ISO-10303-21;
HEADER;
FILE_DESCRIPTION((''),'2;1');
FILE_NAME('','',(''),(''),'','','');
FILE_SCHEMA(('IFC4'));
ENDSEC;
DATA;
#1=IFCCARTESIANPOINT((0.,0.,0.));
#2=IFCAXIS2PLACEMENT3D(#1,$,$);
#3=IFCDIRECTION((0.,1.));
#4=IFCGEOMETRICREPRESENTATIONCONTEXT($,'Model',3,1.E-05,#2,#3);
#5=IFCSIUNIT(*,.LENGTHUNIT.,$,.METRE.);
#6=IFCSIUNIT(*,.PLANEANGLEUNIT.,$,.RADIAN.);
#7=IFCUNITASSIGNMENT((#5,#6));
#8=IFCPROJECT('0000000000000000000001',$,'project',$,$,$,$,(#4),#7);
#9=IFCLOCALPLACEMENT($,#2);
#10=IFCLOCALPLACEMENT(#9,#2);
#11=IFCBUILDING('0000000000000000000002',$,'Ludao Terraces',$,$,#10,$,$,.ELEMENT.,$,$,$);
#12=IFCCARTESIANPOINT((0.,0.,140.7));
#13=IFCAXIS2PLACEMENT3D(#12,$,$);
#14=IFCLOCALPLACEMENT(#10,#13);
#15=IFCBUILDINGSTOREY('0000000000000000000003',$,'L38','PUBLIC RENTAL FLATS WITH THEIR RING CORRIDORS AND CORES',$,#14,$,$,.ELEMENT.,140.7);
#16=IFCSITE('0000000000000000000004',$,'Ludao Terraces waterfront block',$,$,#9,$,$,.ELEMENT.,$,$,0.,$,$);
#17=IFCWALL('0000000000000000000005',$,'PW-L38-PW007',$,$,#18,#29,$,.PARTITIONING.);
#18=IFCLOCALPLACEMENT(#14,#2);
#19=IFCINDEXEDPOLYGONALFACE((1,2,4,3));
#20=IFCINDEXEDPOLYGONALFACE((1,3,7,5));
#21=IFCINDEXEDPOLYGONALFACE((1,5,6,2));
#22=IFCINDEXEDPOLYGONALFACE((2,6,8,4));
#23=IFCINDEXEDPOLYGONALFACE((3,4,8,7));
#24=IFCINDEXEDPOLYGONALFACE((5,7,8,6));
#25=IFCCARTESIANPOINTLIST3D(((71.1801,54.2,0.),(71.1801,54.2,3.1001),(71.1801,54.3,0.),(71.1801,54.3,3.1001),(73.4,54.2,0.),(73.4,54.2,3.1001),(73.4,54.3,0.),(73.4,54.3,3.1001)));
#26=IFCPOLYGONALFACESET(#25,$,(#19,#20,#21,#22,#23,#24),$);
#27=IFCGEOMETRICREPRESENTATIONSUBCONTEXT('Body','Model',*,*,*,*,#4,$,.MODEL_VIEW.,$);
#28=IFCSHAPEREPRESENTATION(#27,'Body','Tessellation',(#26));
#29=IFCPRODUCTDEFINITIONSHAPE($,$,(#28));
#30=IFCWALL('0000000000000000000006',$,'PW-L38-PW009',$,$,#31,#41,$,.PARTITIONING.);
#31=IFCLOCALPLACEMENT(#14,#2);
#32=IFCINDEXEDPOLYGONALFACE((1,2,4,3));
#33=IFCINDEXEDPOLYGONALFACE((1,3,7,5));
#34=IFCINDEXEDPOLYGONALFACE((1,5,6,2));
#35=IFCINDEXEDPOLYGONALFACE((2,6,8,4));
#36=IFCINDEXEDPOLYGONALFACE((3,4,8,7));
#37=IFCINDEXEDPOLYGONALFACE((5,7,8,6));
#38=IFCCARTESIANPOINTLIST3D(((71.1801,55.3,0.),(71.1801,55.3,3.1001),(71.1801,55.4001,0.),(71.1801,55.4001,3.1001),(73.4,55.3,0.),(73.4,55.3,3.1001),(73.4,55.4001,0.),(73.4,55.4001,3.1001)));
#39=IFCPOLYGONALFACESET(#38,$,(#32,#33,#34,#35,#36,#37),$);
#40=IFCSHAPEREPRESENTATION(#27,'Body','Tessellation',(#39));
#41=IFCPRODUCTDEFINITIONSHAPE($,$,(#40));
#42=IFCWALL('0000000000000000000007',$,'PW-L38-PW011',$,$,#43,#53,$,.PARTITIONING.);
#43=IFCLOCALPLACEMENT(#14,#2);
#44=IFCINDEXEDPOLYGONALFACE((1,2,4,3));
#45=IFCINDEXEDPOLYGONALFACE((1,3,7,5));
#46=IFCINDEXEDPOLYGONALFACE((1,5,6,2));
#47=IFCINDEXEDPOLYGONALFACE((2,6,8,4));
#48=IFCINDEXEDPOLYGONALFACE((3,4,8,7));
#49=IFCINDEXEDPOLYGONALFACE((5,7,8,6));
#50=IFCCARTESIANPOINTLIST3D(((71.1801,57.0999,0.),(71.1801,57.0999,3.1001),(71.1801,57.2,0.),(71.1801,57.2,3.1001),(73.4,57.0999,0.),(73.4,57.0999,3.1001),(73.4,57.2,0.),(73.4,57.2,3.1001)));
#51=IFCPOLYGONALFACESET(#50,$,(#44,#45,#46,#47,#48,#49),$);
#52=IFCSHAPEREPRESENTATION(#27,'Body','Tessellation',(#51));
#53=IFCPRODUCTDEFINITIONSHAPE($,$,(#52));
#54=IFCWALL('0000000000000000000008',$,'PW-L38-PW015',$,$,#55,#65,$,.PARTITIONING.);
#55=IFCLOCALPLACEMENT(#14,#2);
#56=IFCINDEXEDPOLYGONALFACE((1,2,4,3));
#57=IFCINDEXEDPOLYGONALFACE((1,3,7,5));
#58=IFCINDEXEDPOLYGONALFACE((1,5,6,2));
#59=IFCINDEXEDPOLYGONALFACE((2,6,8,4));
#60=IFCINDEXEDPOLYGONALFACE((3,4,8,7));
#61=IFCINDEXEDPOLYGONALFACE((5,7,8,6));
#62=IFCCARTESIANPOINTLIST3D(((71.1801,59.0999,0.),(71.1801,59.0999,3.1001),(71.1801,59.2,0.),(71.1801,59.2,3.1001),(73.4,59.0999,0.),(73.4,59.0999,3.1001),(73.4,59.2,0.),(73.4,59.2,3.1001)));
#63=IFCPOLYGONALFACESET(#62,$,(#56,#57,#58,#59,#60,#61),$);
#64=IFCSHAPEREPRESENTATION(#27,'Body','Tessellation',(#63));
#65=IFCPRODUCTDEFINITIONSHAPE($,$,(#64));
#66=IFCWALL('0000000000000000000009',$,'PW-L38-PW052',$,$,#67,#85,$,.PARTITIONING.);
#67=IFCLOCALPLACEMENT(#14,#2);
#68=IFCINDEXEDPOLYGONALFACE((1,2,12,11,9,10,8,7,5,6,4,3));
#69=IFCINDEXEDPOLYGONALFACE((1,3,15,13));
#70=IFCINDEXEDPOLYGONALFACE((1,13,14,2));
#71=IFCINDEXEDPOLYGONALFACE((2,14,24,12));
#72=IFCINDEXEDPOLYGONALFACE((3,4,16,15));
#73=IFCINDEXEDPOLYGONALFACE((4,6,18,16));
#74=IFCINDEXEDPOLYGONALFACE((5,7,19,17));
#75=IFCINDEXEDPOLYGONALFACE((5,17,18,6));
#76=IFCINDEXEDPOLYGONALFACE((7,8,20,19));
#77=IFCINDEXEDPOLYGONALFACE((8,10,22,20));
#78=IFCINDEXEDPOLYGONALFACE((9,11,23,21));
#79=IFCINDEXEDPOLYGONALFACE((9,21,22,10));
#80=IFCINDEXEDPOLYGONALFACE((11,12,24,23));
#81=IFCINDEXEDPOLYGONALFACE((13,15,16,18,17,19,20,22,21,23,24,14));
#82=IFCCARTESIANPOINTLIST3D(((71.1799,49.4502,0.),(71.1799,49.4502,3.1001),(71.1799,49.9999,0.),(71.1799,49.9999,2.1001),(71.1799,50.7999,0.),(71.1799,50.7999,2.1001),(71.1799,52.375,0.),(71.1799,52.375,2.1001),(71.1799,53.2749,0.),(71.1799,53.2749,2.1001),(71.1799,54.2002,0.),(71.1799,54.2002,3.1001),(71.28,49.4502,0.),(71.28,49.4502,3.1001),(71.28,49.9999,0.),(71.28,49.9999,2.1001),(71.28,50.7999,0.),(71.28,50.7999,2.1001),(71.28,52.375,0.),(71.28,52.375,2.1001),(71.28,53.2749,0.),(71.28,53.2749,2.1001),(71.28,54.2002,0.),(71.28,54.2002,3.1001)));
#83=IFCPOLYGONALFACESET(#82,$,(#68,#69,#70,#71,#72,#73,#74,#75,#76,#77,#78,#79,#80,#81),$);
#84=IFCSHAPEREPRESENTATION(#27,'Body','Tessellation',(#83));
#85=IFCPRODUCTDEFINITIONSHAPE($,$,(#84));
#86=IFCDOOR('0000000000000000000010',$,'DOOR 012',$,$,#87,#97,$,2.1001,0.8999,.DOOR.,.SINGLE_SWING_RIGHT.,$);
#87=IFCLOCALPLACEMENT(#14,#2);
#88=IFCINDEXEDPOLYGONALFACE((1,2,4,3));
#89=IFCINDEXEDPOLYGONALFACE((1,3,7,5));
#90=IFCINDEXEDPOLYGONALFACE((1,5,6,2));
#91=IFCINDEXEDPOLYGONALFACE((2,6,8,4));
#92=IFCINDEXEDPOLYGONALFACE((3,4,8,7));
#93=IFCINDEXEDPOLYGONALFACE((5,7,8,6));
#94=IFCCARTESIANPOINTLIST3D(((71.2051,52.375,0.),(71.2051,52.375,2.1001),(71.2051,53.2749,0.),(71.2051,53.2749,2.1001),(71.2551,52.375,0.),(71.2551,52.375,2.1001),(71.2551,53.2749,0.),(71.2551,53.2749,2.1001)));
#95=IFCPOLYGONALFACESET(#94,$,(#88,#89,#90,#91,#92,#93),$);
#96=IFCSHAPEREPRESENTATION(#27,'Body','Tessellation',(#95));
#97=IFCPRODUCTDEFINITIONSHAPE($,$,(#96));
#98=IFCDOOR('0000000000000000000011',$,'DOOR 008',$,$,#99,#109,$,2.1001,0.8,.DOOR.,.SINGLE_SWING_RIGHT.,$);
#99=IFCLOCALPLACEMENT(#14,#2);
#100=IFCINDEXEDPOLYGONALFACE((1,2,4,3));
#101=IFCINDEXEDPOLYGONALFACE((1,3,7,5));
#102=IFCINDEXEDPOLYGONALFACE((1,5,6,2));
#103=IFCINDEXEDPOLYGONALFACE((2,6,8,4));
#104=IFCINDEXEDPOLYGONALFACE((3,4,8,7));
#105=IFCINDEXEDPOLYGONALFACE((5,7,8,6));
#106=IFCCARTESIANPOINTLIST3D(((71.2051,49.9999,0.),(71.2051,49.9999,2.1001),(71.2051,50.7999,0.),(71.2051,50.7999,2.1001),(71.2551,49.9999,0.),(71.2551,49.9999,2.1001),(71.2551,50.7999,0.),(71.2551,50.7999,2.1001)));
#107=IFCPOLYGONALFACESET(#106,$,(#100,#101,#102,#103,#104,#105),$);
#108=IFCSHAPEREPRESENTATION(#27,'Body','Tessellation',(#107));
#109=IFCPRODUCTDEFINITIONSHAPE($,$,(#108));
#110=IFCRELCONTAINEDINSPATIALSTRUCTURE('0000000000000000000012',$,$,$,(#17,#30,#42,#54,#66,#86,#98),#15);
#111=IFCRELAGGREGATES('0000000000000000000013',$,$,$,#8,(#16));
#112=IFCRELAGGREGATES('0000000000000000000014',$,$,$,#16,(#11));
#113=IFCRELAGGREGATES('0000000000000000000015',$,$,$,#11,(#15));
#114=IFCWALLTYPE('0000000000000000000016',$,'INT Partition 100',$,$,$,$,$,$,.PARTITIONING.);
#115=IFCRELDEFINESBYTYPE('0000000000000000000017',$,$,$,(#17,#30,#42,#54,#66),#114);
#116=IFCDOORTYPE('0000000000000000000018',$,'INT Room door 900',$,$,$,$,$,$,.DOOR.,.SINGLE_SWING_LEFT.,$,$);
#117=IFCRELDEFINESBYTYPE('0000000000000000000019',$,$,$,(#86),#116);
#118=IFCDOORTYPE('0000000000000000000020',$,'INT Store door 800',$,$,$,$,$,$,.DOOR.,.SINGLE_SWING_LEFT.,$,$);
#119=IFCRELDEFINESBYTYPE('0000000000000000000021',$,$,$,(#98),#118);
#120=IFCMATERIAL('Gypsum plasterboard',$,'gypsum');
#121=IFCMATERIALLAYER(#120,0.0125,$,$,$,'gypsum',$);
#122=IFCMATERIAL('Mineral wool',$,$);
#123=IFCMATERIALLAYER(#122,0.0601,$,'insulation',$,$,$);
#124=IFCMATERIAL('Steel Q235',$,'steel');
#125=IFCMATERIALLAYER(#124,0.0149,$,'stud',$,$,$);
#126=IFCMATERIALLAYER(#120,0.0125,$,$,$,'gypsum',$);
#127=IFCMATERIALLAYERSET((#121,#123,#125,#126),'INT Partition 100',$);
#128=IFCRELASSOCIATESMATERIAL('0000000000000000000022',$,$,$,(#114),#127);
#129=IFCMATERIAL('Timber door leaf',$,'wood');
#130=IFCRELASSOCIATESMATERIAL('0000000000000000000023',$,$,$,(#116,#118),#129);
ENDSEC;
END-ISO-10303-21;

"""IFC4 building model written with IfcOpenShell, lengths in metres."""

from ifc_helpers import new_model, si_unit, direction, frame, frame_2d, origin, place, context, subcontext, project, spatial, rectangle, extrude, material, layer, layer_set, type_object, element, fill, save


model = new_model("IFC4")

# Units and contexts
model_context = context("Model", 3, precision=1e-05, world=origin(), true_north=direction((0.0, 1.0)))
body_context = subcontext(model_context, "Body", "Model", "MODEL_VIEW")
ifc_project = project(units=[si_unit("LENGTHUNIT", "METRE"), si_unit("PLANEANGLEUNIT", "RADIAN")], contexts=[model_context])

# Site, building, storey
site_placement = place(None, origin())
site = spatial("IfcSite", under=ifc_project, at=site_placement, Name="Ludao Terraces waterfront block", CompositionType="ELEMENT", RefElevation=0.0)
building_placement = place(site_placement, origin())
building = spatial("IfcBuilding", under=site, at=building_placement, Name="Ludao Terraces", CompositionType="ELEMENT")
storey_placement = place(building_placement, frame((0.0, 0.0, 140.7)))
storey = spatial("IfcBuildingStorey", under=building, at=storey_placement, Name="L38", Description="PUBLIC RENTAL FLATS WITH THEIR RING CORRIDORS AND CORES", CompositionType="ELEMENT", Elevation=140.7)

# Shared definitions
ifc_material_1 = material(Name="Timber door leaf", Category="wood")
ifc_material_2 = material(Name="Steel Q235", Category="steel")

# Walls
ifc_material_3 = material(Name="Gypsum plasterboard", Category="gypsum")
ifc_layer_1 = layer(ifc_material_3, 0.0125, Category="gypsum")
ifc_material_4 = material(Name="Mineral wool")
ifc_layer_2 = layer(ifc_material_4, 0.0601, Name="insulation")
ifc_layer_3 = layer(ifc_material_2, 0.0149, Name="stud")
ifc_layer_4 = layer(ifc_material_3, 0.0125, Category="gypsum")
ifc_layer_set_1 = layer_set([ifc_layer_1, ifc_layer_2, ifc_layer_3, ifc_layer_4], Name="INT Partition 100")
wall_type_1 = type_object("IfcWallType", Name="INT Partition 100", PredefinedType="PARTITIONING", material=ifc_layer_set_1)
for number, where, z_axis, x_axis, name in (
    (1, (71.1802, 54.25, 0.0), (0.0, 0.0, 1.0), (1.0, 0.0, 0.0), "PW-L38-PW007"),
    (2, (71.1802, 55.3501, 0.0), (0.0, 0.0, 1.0), (1.0, 0.0, 0.0), "PW-L38-PW009"),
    (3, (71.1802, 57.1499, 0.0), (0.0, 0.0, 1.0), (1.0, 0.0, 0.0), "PW-L38-PW011"),
    (4, (71.1802, 59.1499, 0.0), (0.0, 0.0, 1.0), (1.0, 0.0, 0.0), "PW-L38-PW015"),
):
    element("IfcWall", number, at=place(storey_placement, frame(where, z_axis=z_axis, x_axis=x_axis)), inside=storey, type_object=wall_type_1, Name=name, PredefinedType="PARTITIONING", context=body_context, shape_type="SweptSolid", body=[
        extrude(rectangle(XDim=2.22, YDim=0.1001, at=frame_2d((1.1099, 0.0))), origin(), (0.0, 0.0, 1.0), 3.1001),
    ])

# Wall, openings, doors
wall_1_placement = place(storey_placement, frame((71.23, 49.4502, 0.0), z_axis=(0.0, 0.0, 1.0), x_axis=(0.0, 1.0, 0.0)))
wall_1 = element("IfcWall", 5, at=wall_1_placement, inside=storey, type_object=wall_type_1, Name="PW-L38-PW052", PredefinedType="PARTITIONING", context=body_context, shape_type="SweptSolid", body=[
    extrude(rectangle(XDim=4.75, YDim=0.1001, at=frame_2d((2.375, 0.0))), origin(), (0.0, 0.0, 1.0), 3.1001),
])
opening_1_placement = place(wall_1_placement, frame((0.5498, 0.0, 0.0)))
opening_1 = element("IfcOpeningElement", 6, at=opening_1_placement, cuts=wall_1, PredefinedType="OPENING", context=body_context, shape_type="SweptSolid", body=[
    extrude(rectangle(XDim=0.8, YDim=2.1001, at=frame_2d((0.3999, 1.05))), frame((0.0, 0.0601, 0.0), z_axis=(0.0, -1.0, 0.0), x_axis=(1.0, 0.0, 0.0)), (0.0, 0.0, 1.0), 0.1201),
])
opening_2_placement = place(wall_1_placement, frame((2.9248, 0.0, 0.0)))
opening_2 = element("IfcOpeningElement", 7, at=opening_2_placement, cuts=wall_1, PredefinedType="OPENING", context=body_context, shape_type="SweptSolid", body=[
    extrude(rectangle(XDim=0.8999, YDim=2.1001, at=frame_2d((0.45, 1.05))), frame((0.0, 0.0601, 0.0), z_axis=(0.0, -1.0, 0.0), x_axis=(1.0, 0.0, 0.0)), (0.0, 0.0, 1.0), 0.1201),
])
door_type_1 = type_object("IfcDoorType", Name="INT Room door 900", OperationType="SINGLE_SWING_LEFT", PredefinedType="DOOR", material=ifc_material_1)
door_1_placement = place(opening_2_placement, origin())
door_1 = element("IfcDoor", 8, at=door_1_placement, inside=storey, type_object=door_type_1, Name="DOOR 012", OperationType="SINGLE_SWING_RIGHT", OverallHeight=2.1001, OverallWidth=0.8999, PredefinedType="DOOR", context=body_context, shape_type="SweptSolid", body=[
    extrude(rectangle(XDim=0.8999, YDim=2.1001, at=frame_2d((0.45, 1.05))), frame((0.0, 0.0249, 0.0), z_axis=(0.0, -1.0, 0.0), x_axis=(1.0, 0.0, 0.0)), (0.0, 0.0, 1.0), 0.05),
])
fill(opening_2, door_1)
door_type_2 = type_object("IfcDoorType", Name="INT Store door 800", OperationType="SINGLE_SWING_LEFT", PredefinedType="DOOR", material=ifc_material_1)
door_2_placement = place(opening_1_placement, origin())
door_2 = element("IfcDoor", 9, at=door_2_placement, inside=storey, type_object=door_type_2, Name="DOOR 008", OperationType="SINGLE_SWING_RIGHT", OverallHeight=2.1001, OverallWidth=0.8, PredefinedType="DOOR", context=body_context, shape_type="SweptSolid", body=[
    extrude(rectangle(XDim=0.8, YDim=2.1001, at=frame_2d((0.3999, 1.05))), frame((0.0, 0.0249, 0.0), z_axis=(0.0, -1.0, 0.0), x_axis=(1.0, 0.0, 0.0)), (0.0, 0.0, 1.0), 0.05),
])
fill(opening_1, door_2)

save(model, "model.ifc")
